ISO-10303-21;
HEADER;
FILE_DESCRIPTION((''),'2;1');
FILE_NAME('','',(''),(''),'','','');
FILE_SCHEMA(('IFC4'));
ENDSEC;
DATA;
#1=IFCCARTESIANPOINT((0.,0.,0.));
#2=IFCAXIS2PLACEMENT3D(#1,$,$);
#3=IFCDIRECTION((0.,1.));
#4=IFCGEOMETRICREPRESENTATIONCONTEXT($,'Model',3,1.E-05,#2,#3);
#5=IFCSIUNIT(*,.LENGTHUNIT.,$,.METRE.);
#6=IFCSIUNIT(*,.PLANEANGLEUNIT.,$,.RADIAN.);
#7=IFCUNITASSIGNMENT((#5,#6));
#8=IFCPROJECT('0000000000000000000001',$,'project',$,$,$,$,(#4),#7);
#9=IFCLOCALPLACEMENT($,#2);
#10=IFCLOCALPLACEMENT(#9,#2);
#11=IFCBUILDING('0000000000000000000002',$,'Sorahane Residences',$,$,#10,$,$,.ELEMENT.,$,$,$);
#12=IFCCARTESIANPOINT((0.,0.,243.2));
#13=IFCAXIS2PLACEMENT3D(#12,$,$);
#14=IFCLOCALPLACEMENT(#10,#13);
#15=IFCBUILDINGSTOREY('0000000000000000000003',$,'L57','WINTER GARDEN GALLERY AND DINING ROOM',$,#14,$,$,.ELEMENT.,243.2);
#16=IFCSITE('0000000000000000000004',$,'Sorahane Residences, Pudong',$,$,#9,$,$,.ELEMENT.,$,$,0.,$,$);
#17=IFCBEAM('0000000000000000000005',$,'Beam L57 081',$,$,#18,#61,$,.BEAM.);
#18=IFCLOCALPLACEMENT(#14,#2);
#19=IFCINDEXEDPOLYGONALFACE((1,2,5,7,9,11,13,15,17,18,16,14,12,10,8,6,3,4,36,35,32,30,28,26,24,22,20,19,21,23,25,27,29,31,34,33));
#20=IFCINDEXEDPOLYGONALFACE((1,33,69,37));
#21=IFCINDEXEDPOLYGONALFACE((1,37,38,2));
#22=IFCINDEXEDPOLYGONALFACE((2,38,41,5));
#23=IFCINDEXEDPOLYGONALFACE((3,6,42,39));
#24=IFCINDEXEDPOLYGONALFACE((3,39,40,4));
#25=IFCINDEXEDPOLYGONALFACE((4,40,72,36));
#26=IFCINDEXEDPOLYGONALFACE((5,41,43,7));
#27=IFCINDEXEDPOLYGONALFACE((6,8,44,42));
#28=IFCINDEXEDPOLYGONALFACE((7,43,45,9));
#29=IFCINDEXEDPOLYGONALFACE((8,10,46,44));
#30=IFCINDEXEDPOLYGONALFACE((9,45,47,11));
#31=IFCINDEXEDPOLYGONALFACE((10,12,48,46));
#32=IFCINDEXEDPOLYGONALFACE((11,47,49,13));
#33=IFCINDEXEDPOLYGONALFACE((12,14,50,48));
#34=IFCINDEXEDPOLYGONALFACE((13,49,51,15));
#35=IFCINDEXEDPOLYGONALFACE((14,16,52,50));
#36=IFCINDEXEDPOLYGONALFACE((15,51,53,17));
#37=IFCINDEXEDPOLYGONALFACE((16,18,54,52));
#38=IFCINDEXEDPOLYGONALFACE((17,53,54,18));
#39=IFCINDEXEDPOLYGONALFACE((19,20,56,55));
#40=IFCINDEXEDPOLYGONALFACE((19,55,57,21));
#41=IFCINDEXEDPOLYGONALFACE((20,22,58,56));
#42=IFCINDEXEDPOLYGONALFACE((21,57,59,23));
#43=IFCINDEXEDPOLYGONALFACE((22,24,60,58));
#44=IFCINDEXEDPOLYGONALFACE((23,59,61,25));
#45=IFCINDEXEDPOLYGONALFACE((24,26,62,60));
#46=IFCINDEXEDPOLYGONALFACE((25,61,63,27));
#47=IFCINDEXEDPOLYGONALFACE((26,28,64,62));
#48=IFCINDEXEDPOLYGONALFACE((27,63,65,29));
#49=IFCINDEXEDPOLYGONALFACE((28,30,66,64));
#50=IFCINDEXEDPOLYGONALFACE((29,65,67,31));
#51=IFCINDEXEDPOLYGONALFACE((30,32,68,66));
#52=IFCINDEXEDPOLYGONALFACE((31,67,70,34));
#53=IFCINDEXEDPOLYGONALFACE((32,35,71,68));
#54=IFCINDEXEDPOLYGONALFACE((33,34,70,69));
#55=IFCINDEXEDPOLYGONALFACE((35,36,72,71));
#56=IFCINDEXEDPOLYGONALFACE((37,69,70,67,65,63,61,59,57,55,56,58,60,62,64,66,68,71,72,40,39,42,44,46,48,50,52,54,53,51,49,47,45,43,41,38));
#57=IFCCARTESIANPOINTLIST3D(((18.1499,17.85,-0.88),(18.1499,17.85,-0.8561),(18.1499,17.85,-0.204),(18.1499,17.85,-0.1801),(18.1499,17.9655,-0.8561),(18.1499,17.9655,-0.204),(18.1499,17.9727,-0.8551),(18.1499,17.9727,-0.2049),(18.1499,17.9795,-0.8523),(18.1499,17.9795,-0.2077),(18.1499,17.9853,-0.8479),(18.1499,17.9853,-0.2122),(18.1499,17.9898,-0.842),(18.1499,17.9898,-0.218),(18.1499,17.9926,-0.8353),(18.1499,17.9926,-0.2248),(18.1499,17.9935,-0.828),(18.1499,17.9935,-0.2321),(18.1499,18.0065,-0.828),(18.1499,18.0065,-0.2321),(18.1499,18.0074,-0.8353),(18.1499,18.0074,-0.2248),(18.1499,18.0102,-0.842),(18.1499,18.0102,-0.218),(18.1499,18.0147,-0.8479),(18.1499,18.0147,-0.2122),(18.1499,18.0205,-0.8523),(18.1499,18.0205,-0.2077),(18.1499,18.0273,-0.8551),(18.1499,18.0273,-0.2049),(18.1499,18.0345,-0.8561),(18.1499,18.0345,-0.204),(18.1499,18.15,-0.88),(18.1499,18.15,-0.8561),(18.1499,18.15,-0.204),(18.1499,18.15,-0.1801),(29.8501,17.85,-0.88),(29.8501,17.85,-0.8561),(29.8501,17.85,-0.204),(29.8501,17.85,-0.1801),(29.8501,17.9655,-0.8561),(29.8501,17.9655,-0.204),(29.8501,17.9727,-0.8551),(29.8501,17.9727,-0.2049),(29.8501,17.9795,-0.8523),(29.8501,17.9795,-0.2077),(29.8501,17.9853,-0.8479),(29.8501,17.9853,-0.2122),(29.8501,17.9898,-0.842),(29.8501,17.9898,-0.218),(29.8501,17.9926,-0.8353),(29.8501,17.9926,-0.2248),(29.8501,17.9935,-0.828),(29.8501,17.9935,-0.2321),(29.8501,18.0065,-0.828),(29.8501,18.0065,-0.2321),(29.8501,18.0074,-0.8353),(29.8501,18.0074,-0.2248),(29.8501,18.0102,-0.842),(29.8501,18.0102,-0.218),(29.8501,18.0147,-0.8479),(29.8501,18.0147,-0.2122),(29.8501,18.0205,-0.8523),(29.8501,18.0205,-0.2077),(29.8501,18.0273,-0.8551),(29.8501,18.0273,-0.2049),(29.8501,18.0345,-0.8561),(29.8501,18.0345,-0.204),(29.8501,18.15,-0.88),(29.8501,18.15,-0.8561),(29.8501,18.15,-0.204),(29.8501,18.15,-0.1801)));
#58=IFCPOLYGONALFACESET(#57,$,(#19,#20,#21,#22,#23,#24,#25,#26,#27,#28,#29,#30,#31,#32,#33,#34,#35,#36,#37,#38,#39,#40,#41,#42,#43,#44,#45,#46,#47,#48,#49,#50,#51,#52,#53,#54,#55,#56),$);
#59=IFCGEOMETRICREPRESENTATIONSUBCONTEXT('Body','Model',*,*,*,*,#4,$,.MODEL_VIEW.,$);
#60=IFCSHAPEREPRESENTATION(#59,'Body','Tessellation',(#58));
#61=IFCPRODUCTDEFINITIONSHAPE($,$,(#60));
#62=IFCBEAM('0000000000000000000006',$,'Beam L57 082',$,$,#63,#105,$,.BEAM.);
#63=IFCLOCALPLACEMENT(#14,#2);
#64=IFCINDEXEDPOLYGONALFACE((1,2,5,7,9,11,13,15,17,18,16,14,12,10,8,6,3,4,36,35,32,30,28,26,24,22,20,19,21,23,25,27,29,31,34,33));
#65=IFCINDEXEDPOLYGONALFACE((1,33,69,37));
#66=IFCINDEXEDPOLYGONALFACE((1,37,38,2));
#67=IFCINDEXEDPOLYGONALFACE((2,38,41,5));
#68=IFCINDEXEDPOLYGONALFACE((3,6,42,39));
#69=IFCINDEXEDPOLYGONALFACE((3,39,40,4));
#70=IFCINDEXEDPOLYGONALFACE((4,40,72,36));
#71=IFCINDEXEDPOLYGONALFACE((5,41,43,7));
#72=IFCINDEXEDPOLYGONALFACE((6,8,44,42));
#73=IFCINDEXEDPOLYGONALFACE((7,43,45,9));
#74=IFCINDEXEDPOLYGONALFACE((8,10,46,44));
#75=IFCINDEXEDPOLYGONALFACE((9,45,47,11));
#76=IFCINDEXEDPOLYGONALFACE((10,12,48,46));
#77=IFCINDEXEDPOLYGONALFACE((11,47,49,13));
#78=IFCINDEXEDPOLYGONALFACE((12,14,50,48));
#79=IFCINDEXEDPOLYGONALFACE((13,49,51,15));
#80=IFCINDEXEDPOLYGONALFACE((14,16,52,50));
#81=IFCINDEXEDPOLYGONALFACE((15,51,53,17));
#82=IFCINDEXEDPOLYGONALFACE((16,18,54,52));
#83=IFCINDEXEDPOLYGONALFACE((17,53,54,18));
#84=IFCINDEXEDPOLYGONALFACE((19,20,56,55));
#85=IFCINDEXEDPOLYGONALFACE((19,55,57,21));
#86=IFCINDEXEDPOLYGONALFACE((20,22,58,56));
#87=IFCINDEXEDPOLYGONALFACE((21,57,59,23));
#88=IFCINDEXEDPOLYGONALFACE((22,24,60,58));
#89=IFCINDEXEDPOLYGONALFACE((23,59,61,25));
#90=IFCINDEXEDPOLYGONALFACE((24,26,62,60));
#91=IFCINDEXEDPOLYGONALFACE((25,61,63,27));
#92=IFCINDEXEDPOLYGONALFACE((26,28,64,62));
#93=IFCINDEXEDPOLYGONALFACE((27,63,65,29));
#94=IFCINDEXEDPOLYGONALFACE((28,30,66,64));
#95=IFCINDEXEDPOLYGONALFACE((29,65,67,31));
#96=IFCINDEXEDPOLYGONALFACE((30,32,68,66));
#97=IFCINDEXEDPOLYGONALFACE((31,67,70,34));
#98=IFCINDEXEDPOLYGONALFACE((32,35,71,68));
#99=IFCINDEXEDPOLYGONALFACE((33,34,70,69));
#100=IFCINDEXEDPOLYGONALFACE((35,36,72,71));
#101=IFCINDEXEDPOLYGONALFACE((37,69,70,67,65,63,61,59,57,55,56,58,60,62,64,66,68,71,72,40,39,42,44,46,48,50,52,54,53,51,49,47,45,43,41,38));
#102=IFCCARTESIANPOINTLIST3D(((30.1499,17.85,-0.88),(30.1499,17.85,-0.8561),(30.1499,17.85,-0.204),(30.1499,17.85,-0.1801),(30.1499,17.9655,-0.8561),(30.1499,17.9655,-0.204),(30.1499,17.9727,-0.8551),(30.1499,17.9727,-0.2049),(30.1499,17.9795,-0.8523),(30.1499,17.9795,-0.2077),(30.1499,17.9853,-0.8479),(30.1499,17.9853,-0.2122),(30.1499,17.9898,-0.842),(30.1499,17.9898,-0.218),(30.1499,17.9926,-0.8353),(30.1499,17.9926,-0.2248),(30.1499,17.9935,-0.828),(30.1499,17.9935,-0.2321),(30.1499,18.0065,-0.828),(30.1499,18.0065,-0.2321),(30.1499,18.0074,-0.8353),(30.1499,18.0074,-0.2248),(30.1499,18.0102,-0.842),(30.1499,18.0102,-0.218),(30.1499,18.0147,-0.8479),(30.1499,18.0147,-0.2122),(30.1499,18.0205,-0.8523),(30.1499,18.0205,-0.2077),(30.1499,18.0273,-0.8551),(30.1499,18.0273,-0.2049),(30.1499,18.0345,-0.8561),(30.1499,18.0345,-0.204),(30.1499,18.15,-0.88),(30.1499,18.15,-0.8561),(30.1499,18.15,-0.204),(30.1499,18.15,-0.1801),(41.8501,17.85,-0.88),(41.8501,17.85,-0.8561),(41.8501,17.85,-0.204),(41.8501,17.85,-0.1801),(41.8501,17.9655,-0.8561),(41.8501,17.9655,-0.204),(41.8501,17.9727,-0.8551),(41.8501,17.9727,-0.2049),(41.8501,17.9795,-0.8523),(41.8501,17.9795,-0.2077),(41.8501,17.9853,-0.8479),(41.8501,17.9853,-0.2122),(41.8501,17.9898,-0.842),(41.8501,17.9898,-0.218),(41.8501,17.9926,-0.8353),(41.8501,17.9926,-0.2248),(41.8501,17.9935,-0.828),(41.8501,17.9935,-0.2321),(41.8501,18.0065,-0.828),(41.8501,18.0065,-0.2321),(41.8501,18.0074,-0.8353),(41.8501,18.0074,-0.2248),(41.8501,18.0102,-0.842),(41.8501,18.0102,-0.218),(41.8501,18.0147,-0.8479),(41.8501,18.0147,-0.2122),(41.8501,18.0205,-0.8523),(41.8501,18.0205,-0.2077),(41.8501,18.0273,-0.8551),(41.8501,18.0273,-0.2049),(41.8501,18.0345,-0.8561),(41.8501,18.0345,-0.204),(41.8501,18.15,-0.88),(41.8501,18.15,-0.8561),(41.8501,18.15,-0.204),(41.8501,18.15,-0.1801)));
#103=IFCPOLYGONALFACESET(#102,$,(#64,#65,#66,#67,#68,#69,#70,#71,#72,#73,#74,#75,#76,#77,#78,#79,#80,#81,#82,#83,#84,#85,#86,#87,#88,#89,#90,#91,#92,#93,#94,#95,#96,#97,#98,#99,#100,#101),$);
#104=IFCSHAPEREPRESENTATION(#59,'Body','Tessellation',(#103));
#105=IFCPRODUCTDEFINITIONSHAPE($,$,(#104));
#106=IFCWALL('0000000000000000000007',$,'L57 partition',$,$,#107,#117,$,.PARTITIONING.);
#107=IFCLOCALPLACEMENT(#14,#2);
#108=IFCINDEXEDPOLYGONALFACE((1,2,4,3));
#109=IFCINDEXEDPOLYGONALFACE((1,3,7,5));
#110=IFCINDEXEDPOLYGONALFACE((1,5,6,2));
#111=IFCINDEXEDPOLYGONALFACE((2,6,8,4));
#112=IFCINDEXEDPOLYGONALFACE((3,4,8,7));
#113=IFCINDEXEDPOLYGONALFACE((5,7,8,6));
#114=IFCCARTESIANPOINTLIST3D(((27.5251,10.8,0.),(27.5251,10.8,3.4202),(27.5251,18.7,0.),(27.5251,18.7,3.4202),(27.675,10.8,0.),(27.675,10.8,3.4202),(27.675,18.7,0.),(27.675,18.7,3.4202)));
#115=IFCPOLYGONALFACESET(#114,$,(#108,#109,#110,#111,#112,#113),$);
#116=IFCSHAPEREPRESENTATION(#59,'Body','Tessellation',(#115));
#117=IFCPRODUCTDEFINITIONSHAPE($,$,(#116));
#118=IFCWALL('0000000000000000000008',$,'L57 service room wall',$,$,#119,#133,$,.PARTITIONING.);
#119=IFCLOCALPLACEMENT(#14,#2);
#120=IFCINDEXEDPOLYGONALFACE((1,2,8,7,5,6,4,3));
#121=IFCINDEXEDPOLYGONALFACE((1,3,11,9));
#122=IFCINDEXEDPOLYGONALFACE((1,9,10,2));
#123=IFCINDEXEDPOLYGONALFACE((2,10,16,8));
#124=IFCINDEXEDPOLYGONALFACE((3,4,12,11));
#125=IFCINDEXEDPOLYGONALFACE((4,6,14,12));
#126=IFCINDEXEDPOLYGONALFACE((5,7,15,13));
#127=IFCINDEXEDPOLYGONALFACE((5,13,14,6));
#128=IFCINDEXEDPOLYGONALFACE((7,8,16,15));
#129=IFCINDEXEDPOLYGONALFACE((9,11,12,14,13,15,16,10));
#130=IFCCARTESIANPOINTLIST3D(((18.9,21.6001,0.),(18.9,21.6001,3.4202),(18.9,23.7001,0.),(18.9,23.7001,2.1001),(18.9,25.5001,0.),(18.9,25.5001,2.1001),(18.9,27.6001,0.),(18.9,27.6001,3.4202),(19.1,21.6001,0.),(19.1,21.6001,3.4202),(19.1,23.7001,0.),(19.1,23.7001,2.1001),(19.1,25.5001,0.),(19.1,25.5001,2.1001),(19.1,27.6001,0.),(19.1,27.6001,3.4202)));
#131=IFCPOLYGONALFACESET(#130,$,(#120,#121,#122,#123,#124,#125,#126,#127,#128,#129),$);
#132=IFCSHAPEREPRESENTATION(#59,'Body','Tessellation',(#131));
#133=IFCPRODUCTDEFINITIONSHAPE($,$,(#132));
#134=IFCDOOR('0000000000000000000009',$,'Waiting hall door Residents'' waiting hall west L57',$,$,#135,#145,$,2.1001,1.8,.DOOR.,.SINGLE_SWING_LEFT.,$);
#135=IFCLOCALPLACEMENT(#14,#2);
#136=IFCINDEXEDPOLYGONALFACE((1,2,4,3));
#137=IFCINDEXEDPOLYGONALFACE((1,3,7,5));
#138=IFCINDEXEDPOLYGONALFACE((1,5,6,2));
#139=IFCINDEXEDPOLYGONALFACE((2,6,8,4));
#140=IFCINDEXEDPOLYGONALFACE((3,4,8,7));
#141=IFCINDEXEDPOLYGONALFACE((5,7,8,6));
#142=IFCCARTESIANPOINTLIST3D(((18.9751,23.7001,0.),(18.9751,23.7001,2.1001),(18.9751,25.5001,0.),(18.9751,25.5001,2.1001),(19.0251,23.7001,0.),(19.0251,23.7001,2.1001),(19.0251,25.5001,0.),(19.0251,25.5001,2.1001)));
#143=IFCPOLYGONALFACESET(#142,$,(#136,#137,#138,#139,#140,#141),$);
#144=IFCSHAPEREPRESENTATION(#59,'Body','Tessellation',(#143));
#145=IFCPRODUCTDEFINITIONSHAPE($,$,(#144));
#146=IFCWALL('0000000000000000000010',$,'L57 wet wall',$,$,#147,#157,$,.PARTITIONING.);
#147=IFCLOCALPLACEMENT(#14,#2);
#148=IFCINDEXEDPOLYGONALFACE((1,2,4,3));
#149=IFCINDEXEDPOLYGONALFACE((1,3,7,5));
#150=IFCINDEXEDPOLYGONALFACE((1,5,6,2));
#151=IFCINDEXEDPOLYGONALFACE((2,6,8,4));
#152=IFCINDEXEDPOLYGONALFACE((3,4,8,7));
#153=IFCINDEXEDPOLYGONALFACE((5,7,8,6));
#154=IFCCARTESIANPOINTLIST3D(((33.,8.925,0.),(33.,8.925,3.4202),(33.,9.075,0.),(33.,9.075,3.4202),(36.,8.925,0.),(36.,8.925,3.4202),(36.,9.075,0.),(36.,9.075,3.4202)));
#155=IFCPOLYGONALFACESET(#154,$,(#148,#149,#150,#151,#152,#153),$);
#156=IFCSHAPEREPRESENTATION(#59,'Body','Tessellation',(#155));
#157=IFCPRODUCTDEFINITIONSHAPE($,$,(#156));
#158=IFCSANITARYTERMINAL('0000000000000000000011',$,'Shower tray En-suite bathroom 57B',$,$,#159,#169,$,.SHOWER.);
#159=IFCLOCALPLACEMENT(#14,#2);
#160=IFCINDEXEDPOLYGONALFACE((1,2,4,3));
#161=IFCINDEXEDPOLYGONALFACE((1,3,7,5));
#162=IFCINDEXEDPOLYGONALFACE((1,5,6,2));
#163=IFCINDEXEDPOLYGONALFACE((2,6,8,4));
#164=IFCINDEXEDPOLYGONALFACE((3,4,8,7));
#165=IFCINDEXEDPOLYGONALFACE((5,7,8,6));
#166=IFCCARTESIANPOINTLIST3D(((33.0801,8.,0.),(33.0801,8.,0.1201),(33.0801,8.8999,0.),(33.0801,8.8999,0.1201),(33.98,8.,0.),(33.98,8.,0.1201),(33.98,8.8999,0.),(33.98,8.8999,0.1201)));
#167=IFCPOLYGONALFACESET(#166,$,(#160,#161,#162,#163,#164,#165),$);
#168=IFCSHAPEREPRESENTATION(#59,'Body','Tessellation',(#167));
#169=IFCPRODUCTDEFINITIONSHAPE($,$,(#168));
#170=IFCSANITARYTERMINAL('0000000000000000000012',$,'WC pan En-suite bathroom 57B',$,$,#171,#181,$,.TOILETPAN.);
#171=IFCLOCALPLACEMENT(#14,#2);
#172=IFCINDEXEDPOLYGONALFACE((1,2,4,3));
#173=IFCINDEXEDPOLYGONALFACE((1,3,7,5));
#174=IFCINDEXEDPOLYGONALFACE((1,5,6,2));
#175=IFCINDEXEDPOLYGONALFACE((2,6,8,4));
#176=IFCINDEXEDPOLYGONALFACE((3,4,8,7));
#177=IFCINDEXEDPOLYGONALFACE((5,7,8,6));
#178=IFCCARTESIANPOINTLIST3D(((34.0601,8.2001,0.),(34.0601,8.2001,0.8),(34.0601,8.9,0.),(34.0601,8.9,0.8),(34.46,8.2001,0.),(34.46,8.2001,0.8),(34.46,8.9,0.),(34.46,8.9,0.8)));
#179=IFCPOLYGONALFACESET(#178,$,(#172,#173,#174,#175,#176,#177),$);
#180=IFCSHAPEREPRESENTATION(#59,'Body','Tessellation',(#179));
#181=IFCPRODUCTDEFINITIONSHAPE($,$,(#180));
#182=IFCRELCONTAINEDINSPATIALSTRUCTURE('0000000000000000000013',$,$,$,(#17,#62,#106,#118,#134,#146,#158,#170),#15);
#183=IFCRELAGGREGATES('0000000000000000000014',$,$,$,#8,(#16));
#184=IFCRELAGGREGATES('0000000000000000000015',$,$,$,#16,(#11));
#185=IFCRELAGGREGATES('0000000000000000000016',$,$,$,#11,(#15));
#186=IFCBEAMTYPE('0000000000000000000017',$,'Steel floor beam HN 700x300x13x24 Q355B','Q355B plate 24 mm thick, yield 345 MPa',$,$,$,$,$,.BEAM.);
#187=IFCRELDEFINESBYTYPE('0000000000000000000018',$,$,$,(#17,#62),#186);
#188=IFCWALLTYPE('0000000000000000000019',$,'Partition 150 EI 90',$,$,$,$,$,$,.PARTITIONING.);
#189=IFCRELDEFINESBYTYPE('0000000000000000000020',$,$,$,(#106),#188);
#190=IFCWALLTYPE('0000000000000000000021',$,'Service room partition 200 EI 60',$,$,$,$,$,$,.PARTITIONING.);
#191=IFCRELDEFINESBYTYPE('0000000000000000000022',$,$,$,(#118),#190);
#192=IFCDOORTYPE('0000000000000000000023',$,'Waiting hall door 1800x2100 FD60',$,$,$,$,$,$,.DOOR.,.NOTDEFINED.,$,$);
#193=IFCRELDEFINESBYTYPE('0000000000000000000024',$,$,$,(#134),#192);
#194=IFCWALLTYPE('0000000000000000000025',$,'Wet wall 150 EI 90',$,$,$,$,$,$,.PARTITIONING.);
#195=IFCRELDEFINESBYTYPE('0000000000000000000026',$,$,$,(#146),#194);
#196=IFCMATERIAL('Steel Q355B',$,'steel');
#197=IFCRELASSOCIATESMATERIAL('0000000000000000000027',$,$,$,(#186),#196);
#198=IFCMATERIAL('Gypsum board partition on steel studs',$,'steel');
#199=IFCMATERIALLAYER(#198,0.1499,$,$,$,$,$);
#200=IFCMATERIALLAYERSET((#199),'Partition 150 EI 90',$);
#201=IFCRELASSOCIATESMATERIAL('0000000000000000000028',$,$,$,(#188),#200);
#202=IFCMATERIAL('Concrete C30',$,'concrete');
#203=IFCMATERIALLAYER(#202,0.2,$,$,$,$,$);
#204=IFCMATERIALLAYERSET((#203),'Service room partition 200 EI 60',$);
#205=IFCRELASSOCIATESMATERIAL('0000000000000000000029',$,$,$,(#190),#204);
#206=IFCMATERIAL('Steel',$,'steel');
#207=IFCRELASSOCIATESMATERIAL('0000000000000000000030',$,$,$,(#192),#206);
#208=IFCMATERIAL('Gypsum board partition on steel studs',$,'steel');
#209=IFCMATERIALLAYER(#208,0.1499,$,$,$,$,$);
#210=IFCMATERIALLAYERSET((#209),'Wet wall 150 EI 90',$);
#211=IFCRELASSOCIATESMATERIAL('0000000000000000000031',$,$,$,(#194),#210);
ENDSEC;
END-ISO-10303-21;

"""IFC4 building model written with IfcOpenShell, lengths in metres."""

from ifc_helpers import new_model, si_unit, direction, frame, frame_2d, origin, origin_2d, place, context, subcontext, project, spatial, rectangle, i_section, extrude, material, layer, layer_set, material_profile, profile_set, type_object, element, fill, save


model = new_model("IFC4")

# Units and contexts
model_context = context("Model", 3, precision=1e-05, world=origin(), true_north=direction((0.0, 1.0)))
body_context = subcontext(model_context, "Body", "Model", "MODEL_VIEW")
ifc_project = project(units=[si_unit("LENGTHUNIT", "METRE"), si_unit("PLANEANGLEUNIT", "RADIAN")], contexts=[model_context])

# Site, building, storey
site_placement = place(None, origin())
site = spatial("IfcSite", under=ifc_project, at=site_placement, Name="Sorahane Residences, Pudong", CompositionType="ELEMENT", RefElevation=0.0)
building_placement = place(site_placement, origin())
building = spatial("IfcBuilding", under=site, at=building_placement, Name="Sorahane Residences", CompositionType="ELEMENT")
storey_placement = place(building_placement, frame((0.0, 0.0, 243.2)))
storey = spatial("IfcBuildingStorey", under=building, at=storey_placement, Name="L57", Description="WINTER GARDEN GALLERY AND DINING ROOM", CompositionType="ELEMENT", Elevation=243.2)

# Beams
ifc_material_1 = material(Name="Steel Q355B", Category="steel")
ifc_material_profile_1 = material_profile(ifc_material_1, i_section(OverallWidth=0.3, OverallDepth=0.7, WebThickness=0.0129, FlangeThickness=0.0239, FilletRadius=0.0281, at=origin_2d()), Name="HN 700x300x13x24")
ifc_profile_set_1 = profile_set([ifc_material_profile_1], Name="Steel Q355B")
beam_type_1 = type_object("IfcBeamType", Name="Steel floor beam HN 700x300x13x24 Q355B", Description="Q355B plate 24 mm thick, yield 345 MPa", PredefinedType="BEAM", material=ifc_profile_set_1)
for number, where, z_axis, x_axis, name in (
    (1, (18.1499, 18.0, -0.53), (1.0, 0.0, 0.0), (0.0, 1.0, 0.0), "Beam L57 081"),
    (2, (30.1499, 18.0, -0.53), (1.0, 0.0, 0.0), (0.0, 1.0, 0.0), "Beam L57 082"),
):
    element("IfcBeam", number, at=place(storey_placement, frame(where, z_axis=z_axis, x_axis=x_axis)), inside=storey, type_object=beam_type_1, Name=name, PredefinedType="BEAM", context=body_context, shape_type="SweptSolid", body=[
        extrude(i_section(OverallWidth=0.3, OverallDepth=0.7, WebThickness=0.0129, FlangeThickness=0.0239, FilletRadius=0.0281, at=origin_2d()), origin(), (0.0, 0.0, 1.0), 11.7002),
    ])

# Wall
ifc_material_2 = material(Name="Gypsum board partition on steel studs", Category="steel")
ifc_layer_1 = layer(ifc_material_2, 0.1499)
ifc_layer_set_1 = layer_set([ifc_layer_1], Name="Partition 150 EI 90")
wall_type_1 = type_object("IfcWallType", Name="Partition 150 EI 90", PredefinedType="PARTITIONING", material=ifc_layer_set_1)
wall_1_placement = place(storey_placement, frame((27.6001, 10.8, 0.0), z_axis=(0.0, 0.0, 1.0), x_axis=(0.0, 1.0, 0.0)))
element("IfcWall", 3, at=wall_1_placement, inside=storey, type_object=wall_type_1, Name="L57 partition", PredefinedType="PARTITIONING", context=body_context, shape_type="SweptSolid", body=[
    extrude(rectangle(XDim=7.8999, YDim=0.1499, at=frame_2d((3.95, 0.0))), origin(), (0.0, 0.0, 1.0), 3.4202),
])

# Wall, opening, door
ifc_material_3 = material(Name="Concrete C30", Category="concrete")
ifc_layer_2 = layer(ifc_material_3, 0.2)
ifc_layer_set_2 = layer_set([ifc_layer_2], Name="Service room partition 200 EI 60")
wall_type_2 = type_object("IfcWallType", Name="Service room partition 200 EI 60", PredefinedType="PARTITIONING", material=ifc_layer_set_2)
wall_2_placement = place(storey_placement, frame((19.0, 21.6001, 0.0), z_axis=(0.0, 0.0, 1.0), x_axis=(0.0, 1.0, 0.0)))
wall_2 = element("IfcWall", 4, at=wall_2_placement, inside=storey, type_object=wall_type_2, Name="L57 service room wall", PredefinedType="PARTITIONING", context=body_context, shape_type="SweptSolid", body=[
    extrude(rectangle(XDim=6.0, YDim=0.2, at=frame_2d((3.0, 0.0))), origin(), (0.0, 0.0, 1.0), 3.4202),
])
opening_placement = place(wall_2_placement, frame((2.1001, 0.0, 0.0)))
opening = element("IfcOpeningElement", 5, at=opening_placement, cuts=wall_2, PredefinedType="OPENING", context=body_context, shape_type="SweptSolid", body=[
    extrude(rectangle(XDim=1.8, YDim=2.1001, at=frame_2d((0.8999, 1.05))), frame((0.0, 0.1099, 0.0), z_axis=(0.0, -1.0, 0.0), x_axis=(1.0, 0.0, 0.0)), (0.0, 0.0, 1.0), 0.22),
])
ifc_material_4 = material(Name="Steel", Category="steel")
door_type = type_object("IfcDoorType", Name="Waiting hall door 1800x2100 FD60", OperationType="NOTDEFINED", PredefinedType="DOOR", material=ifc_material_4)
door_placement = place(opening_placement, origin())
door = element("IfcDoor", 6, at=door_placement, inside=storey, type_object=door_type, Name="Waiting hall door Residents' waiting hall west L57", OperationType="SINGLE_SWING_LEFT", OverallHeight=2.1001, OverallWidth=1.8, PredefinedType="DOOR", context=body_context, shape_type="SweptSolid", body=[
    extrude(rectangle(XDim=1.8, YDim=2.1001, at=frame_2d((0.8999, 1.05))), frame((0.0, 0.0249, 0.0), z_axis=(0.0, -1.0, 0.0), x_axis=(1.0, 0.0, 0.0)), (0.0, 0.0, 1.0), 0.05),
])
fill(opening, door)

# Wall
ifc_material_5 = material(Name="Gypsum board partition on steel studs", Category="steel")
ifc_layer_3 = layer(ifc_material_5, 0.1499)
ifc_layer_set_3 = layer_set([ifc_layer_3], Name="Wet wall 150 EI 90")
wall_type_3 = type_object("IfcWallType", Name="Wet wall 150 EI 90", PredefinedType="PARTITIONING", material=ifc_layer_set_3)
wall_3_placement = place(storey_placement, frame((33.0, 9.0, 0.0), z_axis=(0.0, 0.0, 1.0), x_axis=(1.0, 0.0, 0.0)))
element("IfcWall", 7, at=wall_3_placement, inside=storey, type_object=wall_type_3, Name="L57 wet wall", PredefinedType="PARTITIONING", context=body_context, shape_type="SweptSolid", body=[
    extrude(rectangle(XDim=3.0, YDim=0.1499, at=frame_2d((1.5, 0.0))), origin(), (0.0, 0.0, 1.0), 3.4202),
])

# Sanitary terminals
sanitary_terminal_1_placement = place(storey_placement, frame((33.53, 8.45, 0.0), z_axis=(0.0, 0.0, 1.0), x_axis=(1.0, 0.0, 0.0)))
element("IfcSanitaryTerminal", 8, at=sanitary_terminal_1_placement, inside=storey, Name="Shower tray En-suite bathroom 57B", PredefinedType="SHOWER", context=body_context, shape_type="SweptSolid", body=[
    extrude(rectangle(XDim=0.8999, YDim=0.8999, at=origin_2d()), origin(), (0.0, 0.0, 1.0), 0.1201),
])
sanitary_terminal_2_placement = place(storey_placement, frame((34.26, 8.55, 0.0), z_axis=(0.0, 0.0, 1.0), x_axis=(1.0, 0.0, 0.0)))
element("IfcSanitaryTerminal", 9, at=sanitary_terminal_2_placement, inside=storey, Name="WC pan En-suite bathroom 57B", PredefinedType="TOILETPAN", context=body_context, shape_type="SweptSolid", body=[
    extrude(rectangle(XDim=0.3999, YDim=0.7, at=origin_2d()), origin(), (0.0, 0.0, 1.0), 0.8),
])

save(model, "model.ifc")
